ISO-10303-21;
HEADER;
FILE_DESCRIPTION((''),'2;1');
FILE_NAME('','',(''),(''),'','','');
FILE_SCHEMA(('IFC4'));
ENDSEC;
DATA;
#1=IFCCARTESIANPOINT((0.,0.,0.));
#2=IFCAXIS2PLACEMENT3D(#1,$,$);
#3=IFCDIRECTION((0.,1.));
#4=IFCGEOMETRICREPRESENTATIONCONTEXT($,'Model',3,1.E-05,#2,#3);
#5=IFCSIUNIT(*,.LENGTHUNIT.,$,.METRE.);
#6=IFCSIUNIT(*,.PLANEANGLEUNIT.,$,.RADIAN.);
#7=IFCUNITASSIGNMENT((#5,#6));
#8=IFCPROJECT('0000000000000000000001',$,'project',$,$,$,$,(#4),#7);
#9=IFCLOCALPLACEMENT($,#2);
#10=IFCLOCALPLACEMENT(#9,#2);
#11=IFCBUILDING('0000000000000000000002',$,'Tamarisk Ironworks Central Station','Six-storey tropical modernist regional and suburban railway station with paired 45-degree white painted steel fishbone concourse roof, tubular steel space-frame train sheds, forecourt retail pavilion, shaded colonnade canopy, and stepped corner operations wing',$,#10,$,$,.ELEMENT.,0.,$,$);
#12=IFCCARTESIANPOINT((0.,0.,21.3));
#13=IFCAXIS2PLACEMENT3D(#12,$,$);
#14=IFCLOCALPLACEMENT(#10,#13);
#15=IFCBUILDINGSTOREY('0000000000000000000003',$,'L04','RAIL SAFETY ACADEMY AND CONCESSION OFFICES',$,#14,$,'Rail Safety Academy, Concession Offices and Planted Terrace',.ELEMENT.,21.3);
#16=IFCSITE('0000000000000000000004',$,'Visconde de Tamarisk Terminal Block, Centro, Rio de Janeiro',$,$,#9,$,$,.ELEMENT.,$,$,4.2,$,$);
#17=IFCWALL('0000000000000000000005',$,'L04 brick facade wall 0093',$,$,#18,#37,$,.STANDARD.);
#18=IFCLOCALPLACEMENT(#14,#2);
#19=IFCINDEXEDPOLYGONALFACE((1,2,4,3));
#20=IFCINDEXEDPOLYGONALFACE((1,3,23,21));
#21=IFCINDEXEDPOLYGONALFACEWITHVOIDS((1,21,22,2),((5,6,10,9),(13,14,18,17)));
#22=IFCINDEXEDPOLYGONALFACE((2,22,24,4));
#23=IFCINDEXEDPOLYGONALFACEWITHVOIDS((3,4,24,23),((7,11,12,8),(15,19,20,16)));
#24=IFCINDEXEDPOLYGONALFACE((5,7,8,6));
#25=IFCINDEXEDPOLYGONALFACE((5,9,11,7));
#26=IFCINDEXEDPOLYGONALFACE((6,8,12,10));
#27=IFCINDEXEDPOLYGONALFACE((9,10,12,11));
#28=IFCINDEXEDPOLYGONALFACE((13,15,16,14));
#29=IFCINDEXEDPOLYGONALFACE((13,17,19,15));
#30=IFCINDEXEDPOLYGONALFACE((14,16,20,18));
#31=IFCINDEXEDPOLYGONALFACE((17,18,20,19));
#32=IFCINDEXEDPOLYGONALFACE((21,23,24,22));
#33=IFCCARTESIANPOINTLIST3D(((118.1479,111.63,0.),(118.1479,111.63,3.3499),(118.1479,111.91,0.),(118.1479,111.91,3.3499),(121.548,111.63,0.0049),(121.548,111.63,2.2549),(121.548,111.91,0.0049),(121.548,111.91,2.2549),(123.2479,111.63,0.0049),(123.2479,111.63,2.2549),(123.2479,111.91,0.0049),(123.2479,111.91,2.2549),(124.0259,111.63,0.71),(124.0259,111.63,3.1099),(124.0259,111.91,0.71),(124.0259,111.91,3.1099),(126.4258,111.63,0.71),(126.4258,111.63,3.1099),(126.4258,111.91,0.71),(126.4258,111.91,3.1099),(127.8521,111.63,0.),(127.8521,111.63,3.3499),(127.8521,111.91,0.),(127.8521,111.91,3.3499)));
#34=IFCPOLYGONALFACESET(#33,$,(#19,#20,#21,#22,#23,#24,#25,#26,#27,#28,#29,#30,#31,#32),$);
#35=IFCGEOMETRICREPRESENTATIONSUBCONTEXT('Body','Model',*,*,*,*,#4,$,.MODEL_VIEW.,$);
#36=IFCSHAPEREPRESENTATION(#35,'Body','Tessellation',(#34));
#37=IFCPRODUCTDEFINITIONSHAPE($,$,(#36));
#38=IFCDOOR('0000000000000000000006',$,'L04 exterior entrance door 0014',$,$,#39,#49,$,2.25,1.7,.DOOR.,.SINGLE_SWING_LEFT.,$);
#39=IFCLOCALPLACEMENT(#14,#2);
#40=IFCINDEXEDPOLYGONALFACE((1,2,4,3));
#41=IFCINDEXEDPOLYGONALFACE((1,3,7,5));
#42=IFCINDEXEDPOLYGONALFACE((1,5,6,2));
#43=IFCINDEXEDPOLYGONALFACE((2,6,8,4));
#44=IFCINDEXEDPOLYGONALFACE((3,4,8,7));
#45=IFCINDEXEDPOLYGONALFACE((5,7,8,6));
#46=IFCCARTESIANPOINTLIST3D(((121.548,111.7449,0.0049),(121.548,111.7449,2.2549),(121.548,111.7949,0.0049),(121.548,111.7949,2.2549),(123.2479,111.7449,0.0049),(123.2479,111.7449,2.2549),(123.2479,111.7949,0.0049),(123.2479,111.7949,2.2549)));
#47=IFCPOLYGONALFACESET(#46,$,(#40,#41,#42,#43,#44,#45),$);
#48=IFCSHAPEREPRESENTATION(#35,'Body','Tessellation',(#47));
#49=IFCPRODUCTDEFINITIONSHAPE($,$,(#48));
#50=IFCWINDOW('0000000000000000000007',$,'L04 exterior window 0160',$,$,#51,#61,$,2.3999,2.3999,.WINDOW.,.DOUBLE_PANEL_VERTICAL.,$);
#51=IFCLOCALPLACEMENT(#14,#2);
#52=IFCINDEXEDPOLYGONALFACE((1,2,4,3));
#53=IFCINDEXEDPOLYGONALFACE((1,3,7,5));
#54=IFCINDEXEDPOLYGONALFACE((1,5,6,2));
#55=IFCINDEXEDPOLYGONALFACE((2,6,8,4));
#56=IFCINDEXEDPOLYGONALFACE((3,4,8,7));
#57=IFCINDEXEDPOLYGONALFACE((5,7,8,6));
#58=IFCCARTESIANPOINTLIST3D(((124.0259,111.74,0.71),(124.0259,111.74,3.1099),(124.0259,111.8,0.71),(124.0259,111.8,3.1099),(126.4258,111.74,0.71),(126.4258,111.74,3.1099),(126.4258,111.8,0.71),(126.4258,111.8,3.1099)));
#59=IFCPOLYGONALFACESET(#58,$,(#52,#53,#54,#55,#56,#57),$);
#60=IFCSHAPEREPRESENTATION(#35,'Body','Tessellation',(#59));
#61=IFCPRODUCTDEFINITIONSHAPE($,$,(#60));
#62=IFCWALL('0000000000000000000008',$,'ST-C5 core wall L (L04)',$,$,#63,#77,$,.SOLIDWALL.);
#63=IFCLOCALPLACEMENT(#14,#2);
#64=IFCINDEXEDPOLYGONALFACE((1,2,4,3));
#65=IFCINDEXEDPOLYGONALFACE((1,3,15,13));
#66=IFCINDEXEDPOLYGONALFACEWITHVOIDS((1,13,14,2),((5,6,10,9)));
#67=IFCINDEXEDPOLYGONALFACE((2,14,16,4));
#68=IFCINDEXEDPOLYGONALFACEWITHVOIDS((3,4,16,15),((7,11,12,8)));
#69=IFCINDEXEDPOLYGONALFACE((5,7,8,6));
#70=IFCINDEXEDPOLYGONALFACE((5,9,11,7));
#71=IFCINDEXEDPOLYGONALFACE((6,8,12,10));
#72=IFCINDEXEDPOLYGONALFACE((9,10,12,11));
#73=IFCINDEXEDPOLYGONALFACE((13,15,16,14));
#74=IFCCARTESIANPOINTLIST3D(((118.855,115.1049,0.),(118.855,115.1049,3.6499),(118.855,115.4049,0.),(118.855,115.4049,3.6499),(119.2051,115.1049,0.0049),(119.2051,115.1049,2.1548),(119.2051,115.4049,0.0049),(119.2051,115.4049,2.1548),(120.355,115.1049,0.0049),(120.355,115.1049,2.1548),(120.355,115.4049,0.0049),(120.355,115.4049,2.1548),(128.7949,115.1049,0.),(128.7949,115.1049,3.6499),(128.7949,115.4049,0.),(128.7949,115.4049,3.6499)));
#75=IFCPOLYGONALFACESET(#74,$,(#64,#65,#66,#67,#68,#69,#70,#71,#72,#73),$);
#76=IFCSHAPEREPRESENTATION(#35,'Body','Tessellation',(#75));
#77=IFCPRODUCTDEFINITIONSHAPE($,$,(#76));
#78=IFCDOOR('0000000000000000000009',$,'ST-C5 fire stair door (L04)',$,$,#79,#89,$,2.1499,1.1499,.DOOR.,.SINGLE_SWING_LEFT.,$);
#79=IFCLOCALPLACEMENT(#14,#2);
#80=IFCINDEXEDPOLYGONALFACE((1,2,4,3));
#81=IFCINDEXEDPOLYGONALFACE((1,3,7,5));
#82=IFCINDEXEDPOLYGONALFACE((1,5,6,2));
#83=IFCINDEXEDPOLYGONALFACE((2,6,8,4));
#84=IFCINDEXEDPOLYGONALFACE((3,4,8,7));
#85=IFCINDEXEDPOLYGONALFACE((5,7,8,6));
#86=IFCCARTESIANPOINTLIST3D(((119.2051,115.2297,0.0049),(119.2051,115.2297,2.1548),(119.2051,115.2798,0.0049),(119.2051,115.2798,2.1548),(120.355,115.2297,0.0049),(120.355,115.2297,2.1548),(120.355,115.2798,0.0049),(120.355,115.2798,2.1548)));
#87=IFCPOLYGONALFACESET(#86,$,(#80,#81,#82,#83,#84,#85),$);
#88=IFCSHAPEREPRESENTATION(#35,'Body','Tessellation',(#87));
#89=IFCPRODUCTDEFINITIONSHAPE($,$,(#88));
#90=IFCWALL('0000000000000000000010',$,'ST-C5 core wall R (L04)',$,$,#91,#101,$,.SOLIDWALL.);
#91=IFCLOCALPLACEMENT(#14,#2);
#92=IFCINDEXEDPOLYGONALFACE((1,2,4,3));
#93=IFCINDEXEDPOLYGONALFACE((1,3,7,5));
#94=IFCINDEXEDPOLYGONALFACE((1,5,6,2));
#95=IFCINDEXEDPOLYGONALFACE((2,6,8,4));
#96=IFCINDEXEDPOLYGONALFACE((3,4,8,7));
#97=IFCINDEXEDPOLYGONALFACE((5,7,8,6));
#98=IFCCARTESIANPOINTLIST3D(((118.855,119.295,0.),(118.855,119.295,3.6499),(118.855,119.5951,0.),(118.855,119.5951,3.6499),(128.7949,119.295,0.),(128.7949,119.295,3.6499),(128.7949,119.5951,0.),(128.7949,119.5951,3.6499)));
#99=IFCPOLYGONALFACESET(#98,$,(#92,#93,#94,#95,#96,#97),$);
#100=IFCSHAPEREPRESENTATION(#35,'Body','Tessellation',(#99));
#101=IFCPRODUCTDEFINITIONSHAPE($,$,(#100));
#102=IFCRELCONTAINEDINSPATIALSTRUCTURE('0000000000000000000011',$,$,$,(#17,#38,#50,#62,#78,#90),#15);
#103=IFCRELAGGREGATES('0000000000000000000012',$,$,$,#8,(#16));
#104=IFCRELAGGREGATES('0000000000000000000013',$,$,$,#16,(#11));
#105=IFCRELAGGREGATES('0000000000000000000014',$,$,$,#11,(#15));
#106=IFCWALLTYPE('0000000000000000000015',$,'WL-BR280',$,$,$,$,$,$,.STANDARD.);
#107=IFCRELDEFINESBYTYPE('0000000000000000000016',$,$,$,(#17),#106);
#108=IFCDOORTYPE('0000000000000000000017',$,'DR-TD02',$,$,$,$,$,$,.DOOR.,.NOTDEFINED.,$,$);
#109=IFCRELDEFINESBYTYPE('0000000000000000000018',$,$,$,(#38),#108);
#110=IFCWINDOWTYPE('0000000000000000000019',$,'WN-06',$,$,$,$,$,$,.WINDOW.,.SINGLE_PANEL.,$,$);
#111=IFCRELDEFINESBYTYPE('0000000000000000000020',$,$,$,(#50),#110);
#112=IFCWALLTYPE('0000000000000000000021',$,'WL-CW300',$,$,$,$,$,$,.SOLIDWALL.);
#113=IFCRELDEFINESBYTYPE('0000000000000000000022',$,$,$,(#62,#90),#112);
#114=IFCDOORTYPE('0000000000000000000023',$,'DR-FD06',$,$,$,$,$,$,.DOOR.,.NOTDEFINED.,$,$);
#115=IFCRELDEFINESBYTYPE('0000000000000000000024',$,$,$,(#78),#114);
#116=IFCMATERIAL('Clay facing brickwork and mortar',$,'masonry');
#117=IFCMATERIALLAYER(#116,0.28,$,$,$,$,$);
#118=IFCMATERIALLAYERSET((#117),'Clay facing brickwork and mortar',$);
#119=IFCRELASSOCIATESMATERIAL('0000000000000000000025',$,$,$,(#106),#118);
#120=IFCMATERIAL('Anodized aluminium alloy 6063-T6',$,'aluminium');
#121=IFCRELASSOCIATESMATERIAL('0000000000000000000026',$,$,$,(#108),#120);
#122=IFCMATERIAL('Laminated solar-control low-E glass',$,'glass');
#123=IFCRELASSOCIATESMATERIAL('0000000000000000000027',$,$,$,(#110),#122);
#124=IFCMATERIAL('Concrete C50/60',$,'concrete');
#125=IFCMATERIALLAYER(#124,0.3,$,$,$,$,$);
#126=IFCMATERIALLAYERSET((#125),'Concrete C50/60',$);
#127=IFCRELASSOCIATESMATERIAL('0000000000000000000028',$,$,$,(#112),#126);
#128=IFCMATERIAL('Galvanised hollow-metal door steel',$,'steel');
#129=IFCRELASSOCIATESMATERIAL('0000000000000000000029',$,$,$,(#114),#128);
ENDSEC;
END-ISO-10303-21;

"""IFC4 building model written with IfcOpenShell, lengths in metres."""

from ifc_helpers import new_model, si_unit, direction, frame, frame_2d, origin, place, context, subcontext, project, spatial, rectangle, extrude, material, layer, layer_set, type_object, element, fill, save


model = new_model("IFC4")

# Units and contexts
model_context = context("Model", 3, precision=1e-05, world=origin(), true_north=direction((0.0, 1.0)))
body_context = subcontext(model_context, "Body", "Model", "MODEL_VIEW")
ifc_project = project(units=[si_unit("LENGTHUNIT", "METRE"), si_unit("PLANEANGLEUNIT", "RADIAN")], contexts=[model_context])

# Site, building, storey
site_placement = place(None, origin())
site = spatial("IfcSite", under=ifc_project, at=site_placement, Name="Visconde de Tamarisk Terminal Block, Centro, Rio de Janeiro", CompositionType="ELEMENT", RefElevation=4.2)
building_placement = place(site_placement, origin())
building = spatial("IfcBuilding", under=site, at=building_placement, Name="Tamarisk Ironworks Central Station", Description="Six-storey tropical modernist regional and suburban railway station with paired 45-degree white painted steel fishbone concourse roof, tubular steel space-frame train sheds, forecourt retail pavilion, shaded colonnade canopy, and stepped corner operations wing", CompositionType="ELEMENT", ElevationOfRefHeight=0.0)
storey_placement = place(building_placement, frame((0.0, 0.0, 21.3)))
storey = spatial("IfcBuildingStorey", under=building, at=storey_placement, Name="L04", Description="RAIL SAFETY ACADEMY AND CONCESSION OFFICES", LongName="Rail Safety Academy, Concession Offices and Planted Terrace", CompositionType="ELEMENT", Elevation=21.3)

# Shared definitions
ifc_material_1 = material(Name="Clay facing brickwork and mortar", Category="masonry")
ifc_layer_1 = layer(ifc_material_1, 0.28)
ifc_layer_set_1 = layer_set([ifc_layer_1], Name="Clay facing brickwork and mortar")
wall_type_1 = type_object("IfcWallType", Name="WL-BR280", PredefinedType="STANDARD", material=ifc_layer_set_1)
ifc_material_2 = material(Name="Laminated solar-control low-E glass", Category="glass")

# Wall, openings, door, window
wall_1_placement = place(storey_placement, frame((118.1479, 111.77, 0.0), z_axis=(0.0, 0.0, 1.0), x_axis=(1.0, 0.0, 0.0)))
wall_1 = element("IfcWall", 1, at=wall_1_placement, inside=storey, type_object=wall_type_1, Name="L04 brick facade wall 0093", PredefinedType="STANDARD", context=body_context, shape_type="SweptSolid", body=[
    extrude(rectangle(XDim=9.7041, YDim=0.28, at=frame_2d((4.8521, 0.0))), origin(), (0.0, 0.0, 1.0), 3.3499),
])
opening_1_placement = place(wall_1_placement, frame((3.3999, 0.0, 0.0049)))
opening_1 = element("IfcOpeningElement", 2, at=opening_1_placement, cuts=wall_1, PredefinedType="OPENING", context=body_context, shape_type="SweptSolid", body=[
    extrude(rectangle(XDim=1.7, YDim=2.25, at=frame_2d((0.8501, 1.125))), frame((0.0, 0.1519, 0.0), z_axis=(0.0, -1.0, 0.0), x_axis=(1.0, 0.0, 0.0)), (0.0, 0.0, 1.0), 0.304),
])
opening_2_placement = place(wall_1_placement, frame((5.8779, 0.0, 0.71)))
opening_2 = element("IfcOpeningElement", 3, at=opening_2_placement, cuts=wall_1, PredefinedType="OPENING", context=body_context, shape_type="SweptSolid", body=[
    extrude(rectangle(XDim=2.3999, YDim=2.3999, at=frame_2d((1.2, 1.2))), frame((0.0, 0.1519, 0.0), z_axis=(0.0, -1.0, 0.0), x_axis=(1.0, 0.0, 0.0)), (0.0, 0.0, 1.0), 0.304),
])
ifc_material_3 = material(Name="Anodized aluminium alloy 6063-T6", Category="aluminium")
door_type_1 = type_object("IfcDoorType", Name="DR-TD02", OperationType="NOTDEFINED", PredefinedType="DOOR", material=ifc_material_3)
door_1_placement = place(opening_1_placement, origin())
door_1 = element("IfcDoor", 4, at=door_1_placement, inside=storey, type_object=door_type_1, Name="L04 exterior entrance door 0014", OperationType="SINGLE_SWING_LEFT", OverallHeight=2.25, OverallWidth=1.7, PredefinedType="DOOR", context=body_context, shape_type="SweptSolid", body=[
    extrude(rectangle(XDim=1.7, YDim=2.25, at=frame_2d((0.8501, 1.125))), frame((0.0, 0.0249, 0.0), z_axis=(0.0, -1.0, 0.0), x_axis=(1.0, 0.0, 0.0)), (0.0, 0.0, 1.0), 0.05),
])
fill(opening_1, door_1)
window_type_1 = type_object("IfcWindowType", Name="WN-06", PartitioningType="SINGLE_PANEL", PredefinedType="WINDOW", material=ifc_material_2)
window_1_placement = place(opening_2_placement, origin())
window_1 = element("IfcWindow", 5, at=window_1_placement, inside=storey, type_object=window_type_1, Name="L04 exterior window 0160", OverallHeight=2.3999, OverallWidth=2.3999, PartitioningType="DOUBLE_PANEL_VERTICAL", PredefinedType="WINDOW", context=body_context, shape_type="SweptSolid", body=[
    extrude(rectangle(XDim=2.3999, YDim=2.3999, at=frame_2d((1.2, 1.2))), frame((0.0, 0.03, 0.0), z_axis=(0.0, -1.0, 0.0), x_axis=(1.0, 0.0, 0.0)), (0.0, 0.0, 1.0), 0.0601),
])
fill(opening_2, window_1)

# Wall, opening, door
ifc_material_4 = material(Name="Concrete C50/60", Category="concrete")
ifc_layer_2 = layer(ifc_material_4, 0.3)
ifc_layer_set_2 = layer_set([ifc_layer_2], Name="Concrete C50/60")
wall_type_2 = type_object("IfcWallType", Name="WL-CW300", PredefinedType="SOLIDWALL", material=ifc_layer_set_2)
wall_2_placement = place(storey_placement, frame((118.855, 115.2549, 0.0), z_axis=(0.0, 0.0, 1.0), x_axis=(1.0, 0.0, 0.0)))
wall_2 = element("IfcWall", 6, at=wall_2_placement, inside=storey, type_object=wall_type_2, Name="ST-C5 core wall L (L04)", PredefinedType="SOLIDWALL", context=body_context, shape_type="SweptSolid", body=[
    extrude(rectangle(XDim=9.9399, YDim=0.3, at=frame_2d((4.97, 0.0))), origin(), (0.0, 0.0, 1.0), 3.6499),
])
opening_3_placement = place(wall_2_placement, frame((0.3501, 0.0, 0.0049)))
opening_3 = element("IfcOpeningElement", 7, at=opening_3_placement, cuts=wall_2, PredefinedType="OPENING", context=body_context, shape_type="SweptSolid", body=[
    extrude(rectangle(XDim=1.1499, YDim=2.1499, at=frame_2d((0.575, 1.075))), frame((0.0, 0.1621, 0.0), z_axis=(0.0, -1.0, 0.0), x_axis=(1.0, 0.0, 0.0)), (0.0, 0.0, 1.0), 0.324),
])
ifc_material_5 = material(Name="Galvanised hollow-metal door steel", Category="steel")
door_type_2 = type_object("IfcDoorType", Name="DR-FD06", OperationType="NOTDEFINED", PredefinedType="DOOR", material=ifc_material_5)
door_2_placement = place(opening_3_placement, origin())
door_2 = element("IfcDoor", 8, at=door_2_placement, inside=storey, type_object=door_type_2, Name="ST-C5 fire stair door (L04)", OperationType="SINGLE_SWING_LEFT", OverallHeight=2.1499, OverallWidth=1.1499, PredefinedType="DOOR", context=body_context, shape_type="SweptSolid", body=[
    extrude(rectangle(XDim=1.1499, YDim=2.1499, at=frame_2d((0.575, 1.075))), frame((0.0, 0.0249, 0.0), z_axis=(0.0, -1.0, 0.0), x_axis=(1.0, 0.0, 0.0)), (0.0, 0.0, 1.0), 0.05),
])
fill(opening_3, door_2)

# Wall
wall_3_placement = place(storey_placement, frame((118.855, 119.4451, 0.0), z_axis=(0.0, 0.0, 1.0), x_axis=(1.0, 0.0, 0.0)))
element("IfcWall", 9, at=wall_3_placement, inside=storey, type_object=wall_type_2, Name="ST-C5 core wall R (L04)", PredefinedType="SOLIDWALL", context=body_context, shape_type="SweptSolid", body=[
    extrude(rectangle(XDim=9.9399, YDim=0.3, at=frame_2d((4.97, 0.0))), origin(), (0.0, 0.0, 1.0), 3.6499),
])

save(model, "model.ifc")
